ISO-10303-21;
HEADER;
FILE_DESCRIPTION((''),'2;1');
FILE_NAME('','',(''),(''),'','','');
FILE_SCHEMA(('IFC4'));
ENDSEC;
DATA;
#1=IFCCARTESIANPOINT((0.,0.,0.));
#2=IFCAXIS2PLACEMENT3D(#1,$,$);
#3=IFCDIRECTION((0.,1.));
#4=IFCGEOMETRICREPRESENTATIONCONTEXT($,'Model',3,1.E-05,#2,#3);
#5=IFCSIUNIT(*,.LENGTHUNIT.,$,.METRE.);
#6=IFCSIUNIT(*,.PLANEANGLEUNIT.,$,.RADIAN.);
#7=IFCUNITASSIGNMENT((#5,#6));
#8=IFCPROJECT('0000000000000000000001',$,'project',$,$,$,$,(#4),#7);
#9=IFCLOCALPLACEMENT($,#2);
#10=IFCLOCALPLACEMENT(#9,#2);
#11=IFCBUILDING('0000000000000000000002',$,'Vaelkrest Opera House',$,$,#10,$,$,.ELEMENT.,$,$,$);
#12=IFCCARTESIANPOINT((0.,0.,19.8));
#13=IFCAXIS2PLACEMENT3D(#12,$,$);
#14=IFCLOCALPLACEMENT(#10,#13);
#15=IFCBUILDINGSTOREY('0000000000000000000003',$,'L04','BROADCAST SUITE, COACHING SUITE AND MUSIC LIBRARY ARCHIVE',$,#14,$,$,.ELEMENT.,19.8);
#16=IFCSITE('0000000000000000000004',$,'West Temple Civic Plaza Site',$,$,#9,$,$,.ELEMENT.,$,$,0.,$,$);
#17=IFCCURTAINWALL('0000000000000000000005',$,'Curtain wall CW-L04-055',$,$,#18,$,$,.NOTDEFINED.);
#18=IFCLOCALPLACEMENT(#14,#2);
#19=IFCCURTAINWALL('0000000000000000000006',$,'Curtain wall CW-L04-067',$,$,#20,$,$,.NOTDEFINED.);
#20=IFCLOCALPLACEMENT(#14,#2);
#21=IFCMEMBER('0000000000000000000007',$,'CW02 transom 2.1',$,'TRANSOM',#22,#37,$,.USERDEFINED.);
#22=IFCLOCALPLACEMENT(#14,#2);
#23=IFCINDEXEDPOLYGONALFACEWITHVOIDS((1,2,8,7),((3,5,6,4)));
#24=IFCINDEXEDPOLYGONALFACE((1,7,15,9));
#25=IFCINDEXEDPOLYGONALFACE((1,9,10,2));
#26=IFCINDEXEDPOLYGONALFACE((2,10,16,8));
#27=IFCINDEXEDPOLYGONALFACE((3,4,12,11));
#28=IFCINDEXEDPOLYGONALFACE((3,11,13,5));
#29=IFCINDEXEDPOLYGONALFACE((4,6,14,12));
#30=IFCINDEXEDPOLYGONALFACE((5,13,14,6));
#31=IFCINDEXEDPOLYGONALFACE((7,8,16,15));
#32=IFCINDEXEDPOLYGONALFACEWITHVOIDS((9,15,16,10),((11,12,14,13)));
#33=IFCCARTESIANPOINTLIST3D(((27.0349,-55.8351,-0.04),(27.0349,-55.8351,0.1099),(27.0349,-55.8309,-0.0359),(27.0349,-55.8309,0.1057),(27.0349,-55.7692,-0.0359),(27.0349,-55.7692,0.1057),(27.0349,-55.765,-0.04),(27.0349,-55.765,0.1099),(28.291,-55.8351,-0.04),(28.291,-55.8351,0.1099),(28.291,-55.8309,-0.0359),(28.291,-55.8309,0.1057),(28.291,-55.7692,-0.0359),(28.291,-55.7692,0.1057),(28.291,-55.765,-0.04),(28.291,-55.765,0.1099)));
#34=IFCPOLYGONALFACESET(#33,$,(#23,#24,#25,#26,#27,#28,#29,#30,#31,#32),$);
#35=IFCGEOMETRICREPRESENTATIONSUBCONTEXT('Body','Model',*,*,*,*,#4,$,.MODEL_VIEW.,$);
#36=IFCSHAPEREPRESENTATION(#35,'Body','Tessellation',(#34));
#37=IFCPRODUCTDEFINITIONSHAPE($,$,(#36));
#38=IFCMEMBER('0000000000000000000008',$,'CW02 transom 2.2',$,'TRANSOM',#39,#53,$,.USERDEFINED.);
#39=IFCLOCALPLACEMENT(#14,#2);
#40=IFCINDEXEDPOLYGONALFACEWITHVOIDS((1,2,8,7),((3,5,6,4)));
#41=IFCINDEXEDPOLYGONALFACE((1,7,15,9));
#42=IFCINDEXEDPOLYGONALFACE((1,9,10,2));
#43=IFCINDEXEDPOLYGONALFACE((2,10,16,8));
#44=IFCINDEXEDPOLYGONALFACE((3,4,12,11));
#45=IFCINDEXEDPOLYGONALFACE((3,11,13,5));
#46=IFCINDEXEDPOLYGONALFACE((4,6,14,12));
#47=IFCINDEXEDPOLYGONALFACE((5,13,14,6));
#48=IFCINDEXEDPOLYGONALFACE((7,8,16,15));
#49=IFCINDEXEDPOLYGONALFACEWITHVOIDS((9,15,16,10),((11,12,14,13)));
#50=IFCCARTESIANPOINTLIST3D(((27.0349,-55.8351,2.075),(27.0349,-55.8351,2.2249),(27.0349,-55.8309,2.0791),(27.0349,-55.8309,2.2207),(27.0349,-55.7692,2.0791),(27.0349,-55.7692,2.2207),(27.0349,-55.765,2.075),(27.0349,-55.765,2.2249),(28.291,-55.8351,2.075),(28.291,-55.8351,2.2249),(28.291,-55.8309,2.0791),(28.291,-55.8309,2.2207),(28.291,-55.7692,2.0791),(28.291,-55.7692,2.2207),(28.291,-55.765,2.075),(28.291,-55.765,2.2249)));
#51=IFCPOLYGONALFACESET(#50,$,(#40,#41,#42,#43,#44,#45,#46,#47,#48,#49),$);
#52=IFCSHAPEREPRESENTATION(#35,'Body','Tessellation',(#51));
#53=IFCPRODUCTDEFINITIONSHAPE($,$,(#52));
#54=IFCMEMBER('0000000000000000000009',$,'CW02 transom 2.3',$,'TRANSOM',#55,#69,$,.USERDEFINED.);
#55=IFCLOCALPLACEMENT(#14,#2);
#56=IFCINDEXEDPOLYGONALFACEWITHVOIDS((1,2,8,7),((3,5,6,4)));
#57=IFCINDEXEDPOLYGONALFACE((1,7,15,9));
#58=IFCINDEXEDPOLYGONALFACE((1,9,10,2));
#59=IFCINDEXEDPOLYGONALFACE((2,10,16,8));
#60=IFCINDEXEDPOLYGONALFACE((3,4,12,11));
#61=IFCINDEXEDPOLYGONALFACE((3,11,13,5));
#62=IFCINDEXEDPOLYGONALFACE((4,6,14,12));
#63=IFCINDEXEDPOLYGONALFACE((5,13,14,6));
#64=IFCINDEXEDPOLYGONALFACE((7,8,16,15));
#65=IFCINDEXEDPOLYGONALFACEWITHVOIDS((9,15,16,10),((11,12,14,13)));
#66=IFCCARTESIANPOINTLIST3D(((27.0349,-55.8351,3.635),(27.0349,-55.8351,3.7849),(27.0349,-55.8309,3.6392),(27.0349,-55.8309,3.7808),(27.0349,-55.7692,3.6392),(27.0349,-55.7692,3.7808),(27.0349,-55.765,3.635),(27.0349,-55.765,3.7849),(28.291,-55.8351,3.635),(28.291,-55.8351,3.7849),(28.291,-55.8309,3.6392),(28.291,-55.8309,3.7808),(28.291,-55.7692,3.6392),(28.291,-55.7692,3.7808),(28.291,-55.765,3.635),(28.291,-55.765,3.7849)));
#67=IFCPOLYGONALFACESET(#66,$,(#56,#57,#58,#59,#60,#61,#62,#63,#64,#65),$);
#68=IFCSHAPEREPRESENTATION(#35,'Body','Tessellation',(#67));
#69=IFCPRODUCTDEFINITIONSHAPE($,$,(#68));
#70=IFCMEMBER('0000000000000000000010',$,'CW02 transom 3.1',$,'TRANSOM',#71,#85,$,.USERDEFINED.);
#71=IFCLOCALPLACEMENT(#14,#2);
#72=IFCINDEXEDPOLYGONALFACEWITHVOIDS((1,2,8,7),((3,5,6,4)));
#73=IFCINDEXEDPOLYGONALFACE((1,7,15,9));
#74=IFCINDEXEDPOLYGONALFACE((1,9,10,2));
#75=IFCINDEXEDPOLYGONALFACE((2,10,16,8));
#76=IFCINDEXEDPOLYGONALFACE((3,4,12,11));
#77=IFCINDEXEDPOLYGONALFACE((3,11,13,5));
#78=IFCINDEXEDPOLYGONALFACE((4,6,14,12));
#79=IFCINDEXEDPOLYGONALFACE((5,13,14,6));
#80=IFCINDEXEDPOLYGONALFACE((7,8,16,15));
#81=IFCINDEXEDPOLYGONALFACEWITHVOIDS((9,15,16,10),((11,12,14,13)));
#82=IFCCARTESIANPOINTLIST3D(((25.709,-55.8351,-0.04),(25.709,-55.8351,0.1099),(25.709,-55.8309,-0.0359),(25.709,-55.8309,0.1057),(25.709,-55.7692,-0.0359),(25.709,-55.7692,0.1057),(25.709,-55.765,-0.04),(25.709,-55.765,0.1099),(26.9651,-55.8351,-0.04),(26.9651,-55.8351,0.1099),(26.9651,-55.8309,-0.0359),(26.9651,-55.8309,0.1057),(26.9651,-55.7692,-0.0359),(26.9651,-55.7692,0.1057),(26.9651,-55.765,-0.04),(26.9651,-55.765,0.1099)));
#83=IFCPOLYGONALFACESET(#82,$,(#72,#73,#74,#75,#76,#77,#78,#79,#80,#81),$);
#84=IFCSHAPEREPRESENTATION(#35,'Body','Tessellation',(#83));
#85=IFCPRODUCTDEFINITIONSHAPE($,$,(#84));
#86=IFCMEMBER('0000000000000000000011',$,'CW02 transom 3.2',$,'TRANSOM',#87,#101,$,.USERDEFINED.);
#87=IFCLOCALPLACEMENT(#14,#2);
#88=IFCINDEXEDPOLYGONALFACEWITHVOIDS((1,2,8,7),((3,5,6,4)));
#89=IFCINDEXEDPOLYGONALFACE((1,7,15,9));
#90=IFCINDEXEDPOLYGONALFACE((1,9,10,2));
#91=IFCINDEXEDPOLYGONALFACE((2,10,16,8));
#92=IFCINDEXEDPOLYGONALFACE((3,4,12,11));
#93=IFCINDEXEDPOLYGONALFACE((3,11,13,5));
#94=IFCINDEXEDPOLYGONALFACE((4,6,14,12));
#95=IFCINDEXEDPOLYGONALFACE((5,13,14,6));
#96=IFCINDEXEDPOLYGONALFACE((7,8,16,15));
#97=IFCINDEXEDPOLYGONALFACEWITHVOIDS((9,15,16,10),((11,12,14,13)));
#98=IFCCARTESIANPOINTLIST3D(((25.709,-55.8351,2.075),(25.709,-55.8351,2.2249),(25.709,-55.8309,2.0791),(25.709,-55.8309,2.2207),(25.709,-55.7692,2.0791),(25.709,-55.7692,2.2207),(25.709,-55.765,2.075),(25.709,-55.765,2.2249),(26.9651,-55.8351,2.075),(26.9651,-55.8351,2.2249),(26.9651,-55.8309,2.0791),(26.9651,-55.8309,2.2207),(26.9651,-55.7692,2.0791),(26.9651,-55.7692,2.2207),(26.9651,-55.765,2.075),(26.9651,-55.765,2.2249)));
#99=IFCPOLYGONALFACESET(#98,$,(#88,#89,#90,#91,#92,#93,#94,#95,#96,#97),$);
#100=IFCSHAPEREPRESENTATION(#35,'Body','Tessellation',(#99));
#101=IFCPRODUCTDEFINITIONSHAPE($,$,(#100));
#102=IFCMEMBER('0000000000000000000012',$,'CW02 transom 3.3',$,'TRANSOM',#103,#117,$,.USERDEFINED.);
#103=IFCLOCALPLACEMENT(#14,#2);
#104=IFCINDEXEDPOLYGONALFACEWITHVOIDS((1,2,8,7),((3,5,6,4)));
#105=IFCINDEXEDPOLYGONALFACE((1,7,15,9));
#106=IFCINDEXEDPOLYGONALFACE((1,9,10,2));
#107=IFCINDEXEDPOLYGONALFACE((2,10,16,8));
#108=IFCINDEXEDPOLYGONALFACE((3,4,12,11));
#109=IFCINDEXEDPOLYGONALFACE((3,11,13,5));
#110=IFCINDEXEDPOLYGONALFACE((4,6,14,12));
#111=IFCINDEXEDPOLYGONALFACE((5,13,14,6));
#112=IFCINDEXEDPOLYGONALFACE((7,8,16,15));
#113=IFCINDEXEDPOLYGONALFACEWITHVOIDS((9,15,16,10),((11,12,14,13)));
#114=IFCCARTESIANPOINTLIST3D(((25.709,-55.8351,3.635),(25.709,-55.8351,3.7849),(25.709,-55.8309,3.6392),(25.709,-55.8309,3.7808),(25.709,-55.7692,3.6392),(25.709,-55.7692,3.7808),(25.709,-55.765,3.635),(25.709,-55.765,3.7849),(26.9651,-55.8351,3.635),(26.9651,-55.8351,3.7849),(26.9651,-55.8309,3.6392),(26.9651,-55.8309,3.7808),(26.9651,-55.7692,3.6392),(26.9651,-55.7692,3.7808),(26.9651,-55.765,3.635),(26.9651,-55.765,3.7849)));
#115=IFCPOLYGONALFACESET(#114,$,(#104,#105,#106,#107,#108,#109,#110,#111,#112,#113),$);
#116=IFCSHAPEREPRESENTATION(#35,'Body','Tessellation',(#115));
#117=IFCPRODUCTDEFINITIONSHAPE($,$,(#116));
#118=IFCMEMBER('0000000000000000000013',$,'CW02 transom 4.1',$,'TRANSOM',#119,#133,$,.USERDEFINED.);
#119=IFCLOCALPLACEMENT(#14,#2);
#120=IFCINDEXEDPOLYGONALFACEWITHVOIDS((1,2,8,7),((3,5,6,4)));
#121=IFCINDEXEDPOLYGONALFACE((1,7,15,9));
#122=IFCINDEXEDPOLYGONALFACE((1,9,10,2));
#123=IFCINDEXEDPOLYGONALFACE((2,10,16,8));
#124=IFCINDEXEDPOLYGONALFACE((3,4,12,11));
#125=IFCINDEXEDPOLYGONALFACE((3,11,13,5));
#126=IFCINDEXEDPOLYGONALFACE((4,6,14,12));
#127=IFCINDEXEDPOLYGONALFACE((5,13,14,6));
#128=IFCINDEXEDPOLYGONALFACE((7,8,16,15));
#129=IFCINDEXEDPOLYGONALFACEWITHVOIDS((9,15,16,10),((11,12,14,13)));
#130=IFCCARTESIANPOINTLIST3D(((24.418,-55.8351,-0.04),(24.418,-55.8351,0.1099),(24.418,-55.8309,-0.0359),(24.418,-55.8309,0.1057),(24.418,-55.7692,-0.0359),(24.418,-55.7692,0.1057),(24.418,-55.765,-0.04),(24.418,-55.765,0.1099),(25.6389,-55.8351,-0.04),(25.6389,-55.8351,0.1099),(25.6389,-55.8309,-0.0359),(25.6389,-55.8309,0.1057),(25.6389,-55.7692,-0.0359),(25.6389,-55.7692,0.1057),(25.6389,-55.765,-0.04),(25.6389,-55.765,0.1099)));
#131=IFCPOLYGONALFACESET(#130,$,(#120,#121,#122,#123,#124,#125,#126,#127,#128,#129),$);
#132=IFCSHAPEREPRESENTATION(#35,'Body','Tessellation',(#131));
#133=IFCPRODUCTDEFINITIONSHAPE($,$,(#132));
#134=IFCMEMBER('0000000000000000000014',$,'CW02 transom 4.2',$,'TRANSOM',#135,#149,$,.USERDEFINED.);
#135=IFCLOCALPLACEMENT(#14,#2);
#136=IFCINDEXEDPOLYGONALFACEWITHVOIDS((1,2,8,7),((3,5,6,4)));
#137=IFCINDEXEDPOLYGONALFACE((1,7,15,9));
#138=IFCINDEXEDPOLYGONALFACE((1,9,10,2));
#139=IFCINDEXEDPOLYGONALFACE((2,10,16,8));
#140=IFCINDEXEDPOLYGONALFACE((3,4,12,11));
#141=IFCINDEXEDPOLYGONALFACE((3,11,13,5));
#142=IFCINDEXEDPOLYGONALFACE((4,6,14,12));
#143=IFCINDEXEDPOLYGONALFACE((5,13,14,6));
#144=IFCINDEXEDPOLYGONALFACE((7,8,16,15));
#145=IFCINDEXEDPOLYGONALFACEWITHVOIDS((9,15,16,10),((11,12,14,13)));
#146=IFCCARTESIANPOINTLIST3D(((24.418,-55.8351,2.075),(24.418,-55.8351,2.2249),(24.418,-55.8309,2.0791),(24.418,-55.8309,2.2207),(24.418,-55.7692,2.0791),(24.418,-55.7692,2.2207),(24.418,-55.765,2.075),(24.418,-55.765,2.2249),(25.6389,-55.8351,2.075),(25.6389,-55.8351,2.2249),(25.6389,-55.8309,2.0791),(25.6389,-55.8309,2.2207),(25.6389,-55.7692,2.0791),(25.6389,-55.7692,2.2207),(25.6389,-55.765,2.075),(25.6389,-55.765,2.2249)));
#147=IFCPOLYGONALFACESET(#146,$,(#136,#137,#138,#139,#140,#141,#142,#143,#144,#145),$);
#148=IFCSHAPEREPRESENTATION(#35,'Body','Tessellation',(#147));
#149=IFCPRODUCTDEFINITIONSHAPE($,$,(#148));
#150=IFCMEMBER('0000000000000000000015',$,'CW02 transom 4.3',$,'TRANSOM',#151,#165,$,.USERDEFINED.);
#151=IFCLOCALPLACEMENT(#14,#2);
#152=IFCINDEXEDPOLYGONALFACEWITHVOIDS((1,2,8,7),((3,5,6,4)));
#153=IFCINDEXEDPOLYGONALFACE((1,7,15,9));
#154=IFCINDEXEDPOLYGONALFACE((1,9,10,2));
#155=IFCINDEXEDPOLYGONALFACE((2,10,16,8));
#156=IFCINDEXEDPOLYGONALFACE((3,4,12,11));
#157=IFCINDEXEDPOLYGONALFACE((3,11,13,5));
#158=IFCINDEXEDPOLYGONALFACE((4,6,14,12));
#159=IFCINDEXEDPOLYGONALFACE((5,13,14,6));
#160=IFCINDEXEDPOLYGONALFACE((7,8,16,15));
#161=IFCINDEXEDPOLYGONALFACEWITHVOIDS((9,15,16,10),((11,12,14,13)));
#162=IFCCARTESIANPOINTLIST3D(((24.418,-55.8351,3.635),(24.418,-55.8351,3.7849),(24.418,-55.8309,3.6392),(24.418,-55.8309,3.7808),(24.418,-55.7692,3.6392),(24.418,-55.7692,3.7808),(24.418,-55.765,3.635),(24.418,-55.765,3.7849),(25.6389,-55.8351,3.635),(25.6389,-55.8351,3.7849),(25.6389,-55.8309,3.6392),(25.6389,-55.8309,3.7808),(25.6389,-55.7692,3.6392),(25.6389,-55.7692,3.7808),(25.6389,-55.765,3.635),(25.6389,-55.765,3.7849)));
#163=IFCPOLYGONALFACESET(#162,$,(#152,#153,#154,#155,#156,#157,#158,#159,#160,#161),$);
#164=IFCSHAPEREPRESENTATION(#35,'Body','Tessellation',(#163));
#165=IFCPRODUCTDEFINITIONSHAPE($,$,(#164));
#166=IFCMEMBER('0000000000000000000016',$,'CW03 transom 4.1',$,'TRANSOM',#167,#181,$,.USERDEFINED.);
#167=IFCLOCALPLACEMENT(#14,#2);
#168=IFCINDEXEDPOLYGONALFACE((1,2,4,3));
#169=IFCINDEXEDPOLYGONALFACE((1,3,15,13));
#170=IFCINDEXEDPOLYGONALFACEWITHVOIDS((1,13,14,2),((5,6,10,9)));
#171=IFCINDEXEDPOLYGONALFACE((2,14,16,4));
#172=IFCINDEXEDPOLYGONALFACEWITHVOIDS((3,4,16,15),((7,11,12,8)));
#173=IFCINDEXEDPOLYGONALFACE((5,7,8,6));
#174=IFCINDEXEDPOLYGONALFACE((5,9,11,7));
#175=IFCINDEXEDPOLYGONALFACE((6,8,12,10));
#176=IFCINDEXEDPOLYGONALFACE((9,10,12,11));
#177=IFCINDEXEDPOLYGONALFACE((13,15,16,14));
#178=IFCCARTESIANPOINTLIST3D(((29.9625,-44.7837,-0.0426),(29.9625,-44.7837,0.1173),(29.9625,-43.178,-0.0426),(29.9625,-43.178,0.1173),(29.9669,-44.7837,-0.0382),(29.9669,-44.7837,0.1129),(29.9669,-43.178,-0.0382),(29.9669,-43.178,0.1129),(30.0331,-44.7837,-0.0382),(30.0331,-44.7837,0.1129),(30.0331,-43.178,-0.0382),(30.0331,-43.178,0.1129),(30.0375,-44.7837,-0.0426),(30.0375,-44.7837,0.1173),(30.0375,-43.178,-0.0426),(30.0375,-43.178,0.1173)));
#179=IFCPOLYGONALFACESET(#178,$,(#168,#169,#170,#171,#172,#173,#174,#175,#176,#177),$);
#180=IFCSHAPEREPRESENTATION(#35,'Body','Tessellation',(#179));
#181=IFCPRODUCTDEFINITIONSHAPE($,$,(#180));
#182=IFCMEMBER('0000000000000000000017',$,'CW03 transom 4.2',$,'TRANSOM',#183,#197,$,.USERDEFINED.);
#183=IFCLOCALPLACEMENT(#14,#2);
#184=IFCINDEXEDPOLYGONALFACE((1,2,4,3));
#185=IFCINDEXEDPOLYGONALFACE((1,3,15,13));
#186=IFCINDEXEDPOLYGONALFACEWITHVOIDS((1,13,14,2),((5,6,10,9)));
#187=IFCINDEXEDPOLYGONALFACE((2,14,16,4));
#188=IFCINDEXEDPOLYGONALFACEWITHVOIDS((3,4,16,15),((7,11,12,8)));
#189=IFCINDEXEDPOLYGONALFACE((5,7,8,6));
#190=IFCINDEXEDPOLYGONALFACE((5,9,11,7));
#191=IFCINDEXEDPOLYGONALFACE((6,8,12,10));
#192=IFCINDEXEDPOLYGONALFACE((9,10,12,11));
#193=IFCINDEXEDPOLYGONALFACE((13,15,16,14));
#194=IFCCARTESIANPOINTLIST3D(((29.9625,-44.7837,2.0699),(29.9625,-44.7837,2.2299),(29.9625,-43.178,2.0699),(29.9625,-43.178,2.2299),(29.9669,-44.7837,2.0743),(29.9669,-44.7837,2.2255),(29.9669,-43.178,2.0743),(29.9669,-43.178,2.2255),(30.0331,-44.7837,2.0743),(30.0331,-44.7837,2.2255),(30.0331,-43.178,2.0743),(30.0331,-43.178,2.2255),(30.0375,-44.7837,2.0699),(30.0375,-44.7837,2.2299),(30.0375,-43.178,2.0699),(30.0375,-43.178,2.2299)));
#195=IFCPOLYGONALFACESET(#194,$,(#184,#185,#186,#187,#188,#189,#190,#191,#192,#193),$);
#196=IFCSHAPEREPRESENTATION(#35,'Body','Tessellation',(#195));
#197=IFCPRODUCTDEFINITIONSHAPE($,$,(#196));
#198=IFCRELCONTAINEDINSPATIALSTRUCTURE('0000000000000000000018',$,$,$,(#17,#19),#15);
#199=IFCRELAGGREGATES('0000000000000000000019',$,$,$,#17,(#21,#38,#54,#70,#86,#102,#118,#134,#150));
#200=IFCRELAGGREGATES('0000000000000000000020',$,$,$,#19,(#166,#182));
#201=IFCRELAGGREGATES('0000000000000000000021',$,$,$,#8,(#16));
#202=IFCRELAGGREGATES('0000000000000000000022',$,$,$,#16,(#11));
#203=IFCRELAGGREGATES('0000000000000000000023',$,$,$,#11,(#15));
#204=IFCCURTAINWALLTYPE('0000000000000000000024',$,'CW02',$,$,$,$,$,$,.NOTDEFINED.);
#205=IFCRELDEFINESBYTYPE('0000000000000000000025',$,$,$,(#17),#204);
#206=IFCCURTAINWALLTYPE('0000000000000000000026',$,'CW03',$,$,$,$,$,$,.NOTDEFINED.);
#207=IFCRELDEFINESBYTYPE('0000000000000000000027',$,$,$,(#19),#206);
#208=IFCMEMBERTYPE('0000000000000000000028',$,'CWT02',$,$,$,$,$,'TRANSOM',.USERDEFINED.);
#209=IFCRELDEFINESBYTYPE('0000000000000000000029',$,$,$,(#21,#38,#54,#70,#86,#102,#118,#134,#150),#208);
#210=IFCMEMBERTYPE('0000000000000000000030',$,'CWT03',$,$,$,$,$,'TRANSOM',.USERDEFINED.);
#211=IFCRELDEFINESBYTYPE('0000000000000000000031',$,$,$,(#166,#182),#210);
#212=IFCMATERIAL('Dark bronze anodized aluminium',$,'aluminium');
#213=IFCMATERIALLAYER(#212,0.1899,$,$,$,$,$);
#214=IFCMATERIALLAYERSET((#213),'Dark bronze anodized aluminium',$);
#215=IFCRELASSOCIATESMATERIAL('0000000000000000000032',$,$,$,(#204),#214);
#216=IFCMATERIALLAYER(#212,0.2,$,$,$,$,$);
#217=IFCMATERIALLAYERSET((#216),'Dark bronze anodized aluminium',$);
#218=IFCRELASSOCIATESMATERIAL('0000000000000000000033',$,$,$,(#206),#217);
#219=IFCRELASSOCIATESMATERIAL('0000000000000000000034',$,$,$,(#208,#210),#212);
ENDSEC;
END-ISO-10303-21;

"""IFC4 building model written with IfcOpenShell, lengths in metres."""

from ifc_helpers import new_model, si_unit, direction, frame, origin, origin_2d, place, context, subcontext, project, spatial, hollow_rectangle, extrude, material, layer, layer_set, material_profile, profile_set, type_object, element, aggregate, save


model = new_model("IFC4")

# Units and contexts
model_context = context("Model", 3, precision=1e-05, world=origin(), true_north=direction((0.0, 1.0)))
body_context = subcontext(model_context, "Body", "Model", "MODEL_VIEW")
ifc_project = project(units=[si_unit("LENGTHUNIT", "METRE"), si_unit("PLANEANGLEUNIT", "RADIAN")], contexts=[model_context])

# Site, building, storey
site_placement = place(None, origin())
site = spatial("IfcSite", under=ifc_project, at=site_placement, Name="West Temple Civic Plaza Site", CompositionType="ELEMENT", RefElevation=0.0)
building_placement = place(site_placement, origin())
building = spatial("IfcBuilding", under=site, at=building_placement, Name="Vaelkrest Opera House", CompositionType="ELEMENT")
storey_placement = place(building_placement, frame((0.0, 0.0, 19.8)))
storey = spatial("IfcBuildingStorey", under=building, at=storey_placement, Name="L04", Description="BROADCAST SUITE, COACHING SUITE AND MUSIC LIBRARY ARCHIVE", CompositionType="ELEMENT", Elevation=19.8)

# Curtain walls
ifc_material_1 = material(Name="Dark bronze anodized aluminium", Category="aluminium")
ifc_layer_1 = layer(ifc_material_1, 0.1899)
ifc_layer_set_1 = layer_set([ifc_layer_1], Name="Dark bronze anodized aluminium")
curtain_wall_type_1 = type_object("IfcCurtainWallType", Name="CW02", PredefinedType="NOTDEFINED", material=ifc_layer_set_1)
curtain_wall_1_placement = place(storey_placement, origin())
curtain_wall_1 = element("IfcCurtainWall", 1, at=curtain_wall_1_placement, inside=storey, type_object=curtain_wall_type_1, Name="Curtain wall CW-L04-055", PredefinedType="NOTDEFINED")
ifc_layer_2 = layer(ifc_material_1, 0.2)
ifc_layer_set_2 = layer_set([ifc_layer_2], Name="Dark bronze anodized aluminium")
curtain_wall_type_2 = type_object("IfcCurtainWallType", Name="CW03", PredefinedType="NOTDEFINED", material=ifc_layer_set_2)
curtain_wall_2_placement = place(storey_placement, origin())
curtain_wall_2 = element("IfcCurtainWall", 2, at=curtain_wall_2_placement, inside=storey, type_object=curtain_wall_type_2, Name="Curtain wall CW-L04-067", PredefinedType="NOTDEFINED")

# Members
ifc_material_profile_1 = material_profile(ifc_material_1, hollow_rectangle(XDim=0.0701, YDim=0.1499, WallThickness=0.0042, at=origin_2d()), Name="CWT70X150")
ifc_profile_set_1 = profile_set([ifc_material_profile_1], Name="Dark bronze anodized aluminium")
member_type_1 = type_object("IfcMemberType", Name="CWT02", ElementType="TRANSOM", PredefinedType="USERDEFINED", material=ifc_profile_set_1)
member_1_placement = place(storey_placement, frame((28.291, -55.8, 0.0349), z_axis=(-1.0, 0.0, 0.0), x_axis=(0.0, -1.0, 0.0)))
member_1 = element("IfcMember", 3, at=member_1_placement, type_object=member_type_1, Name="CW02 transom 2.1", ObjectType="TRANSOM", PredefinedType="USERDEFINED", context=body_context, shape_type="SweptSolid", body=[
    extrude(hollow_rectangle(XDim=0.0701, YDim=0.1499, WallThickness=0.0042, at=origin_2d()), origin(), (0.0, 0.0, 1.0), 1.2561),
])
member_2_placement = place(storey_placement, frame((28.291, -55.8, 2.1499), z_axis=(-1.0, 0.0, 0.0), x_axis=(0.0, -1.0, 0.0)))
member_2 = element("IfcMember", 4, at=member_2_placement, type_object=member_type_1, Name="CW02 transom 2.2", ObjectType="TRANSOM", PredefinedType="USERDEFINED", context=body_context, shape_type="SweptSolid", body=[
    extrude(hollow_rectangle(XDim=0.0701, YDim=0.1499, WallThickness=0.0042, at=origin_2d()), origin(), (0.0, 0.0, 1.0), 1.2561),
])
member_3_placement = place(storey_placement, frame((28.291, -55.8, 3.71), z_axis=(-1.0, 0.0, 0.0), x_axis=(0.0, -1.0, 0.0)))
member_3 = element("IfcMember", 5, at=member_3_placement, type_object=member_type_1, Name="CW02 transom 2.3", ObjectType="TRANSOM", PredefinedType="USERDEFINED", context=body_context, shape_type="SweptSolid", body=[
    extrude(hollow_rectangle(XDim=0.0701, YDim=0.1499, WallThickness=0.0042, at=origin_2d()), origin(), (0.0, 0.0, 1.0), 1.2561),
])
member_4_placement = place(storey_placement, frame((26.9651, -55.8, 0.0349), z_axis=(-1.0, 0.0, 0.0), x_axis=(0.0, -1.0, 0.0)))
member_4 = element("IfcMember", 6, at=member_4_placement, type_object=member_type_1, Name="CW02 transom 3.1", ObjectType="TRANSOM", PredefinedType="USERDEFINED", context=body_context, shape_type="SweptSolid", body=[
    extrude(hollow_rectangle(XDim=0.0701, YDim=0.1499, WallThickness=0.0042, at=origin_2d()), origin(), (0.0, 0.0, 1.0), 1.2561),
])
member_5_placement = place(storey_placement, frame((26.9651, -55.8, 2.1499), z_axis=(-1.0, 0.0, 0.0), x_axis=(0.0, -1.0, 0.0)))
member_5 = element("IfcMember", 7, at=member_5_placement, type_object=member_type_1, Name="CW02 transom 3.2", ObjectType="TRANSOM", PredefinedType="USERDEFINED", context=body_context, shape_type="SweptSolid", body=[
    extrude(hollow_rectangle(XDim=0.0701, YDim=0.1499, WallThickness=0.0042, at=origin_2d()), origin(), (0.0, 0.0, 1.0), 1.2561),
])
member_6_placement = place(storey_placement, frame((26.9651, -55.8, 3.71), z_axis=(-1.0, 0.0, 0.0), x_axis=(0.0, -1.0, 0.0)))
member_6 = element("IfcMember", 8, at=member_6_placement, type_object=member_type_1, Name="CW02 transom 3.3", ObjectType="TRANSOM", PredefinedType="USERDEFINED", context=body_context, shape_type="SweptSolid", body=[
    extrude(hollow_rectangle(XDim=0.0701, YDim=0.1499, WallThickness=0.0042, at=origin_2d()), origin(), (0.0, 0.0, 1.0), 1.2561),
])
member_7_placement = place(storey_placement, frame((25.6389, -55.8, 0.0349), z_axis=(-1.0, 0.0, 0.0), x_axis=(0.0, -1.0, 0.0)))
member_7 = element("IfcMember", 9, at=member_7_placement, type_object=member_type_1, Name="CW02 transom 4.1", ObjectType="TRANSOM", PredefinedType="USERDEFINED", context=body_context, shape_type="SweptSolid", body=[
    extrude(hollow_rectangle(XDim=0.0701, YDim=0.1499, WallThickness=0.0042, at=origin_2d()), origin(), (0.0, 0.0, 1.0), 1.2209),
])
member_8_placement = place(storey_placement, frame((25.6389, -55.8, 2.1499), z_axis=(-1.0, 0.0, 0.0), x_axis=(0.0, -1.0, 0.0)))
member_8 = element("IfcMember", 10, at=member_8_placement, type_object=member_type_1, Name="CW02 transom 4.2", ObjectType="TRANSOM", PredefinedType="USERDEFINED", context=body_context, shape_type="SweptSolid", body=[
    extrude(hollow_rectangle(XDim=0.0701, YDim=0.1499, WallThickness=0.0042, at=origin_2d()), origin(), (0.0, 0.0, 1.0), 1.2209),
])
member_9_placement = place(storey_placement, frame((25.6389, -55.8, 3.71), z_axis=(-1.0, 0.0, 0.0), x_axis=(0.0, -1.0, 0.0)))
member_9 = element("IfcMember", 11, at=member_9_placement, type_object=member_type_1, Name="CW02 transom 4.3", ObjectType="TRANSOM", PredefinedType="USERDEFINED", context=body_context, shape_type="SweptSolid", body=[
    extrude(hollow_rectangle(XDim=0.0701, YDim=0.1499, WallThickness=0.0042, at=origin_2d()), origin(), (0.0, 0.0, 1.0), 1.2209),
])
ifc_material_profile_2 = material_profile(ifc_material_1, hollow_rectangle(XDim=0.075, YDim=0.1599, WallThickness=0.0044, at=origin_2d()), Name="CWT75X160")
ifc_profile_set_2 = profile_set([ifc_material_profile_2], Name="Dark bronze anodized aluminium")
member_type_2 = type_object("IfcMemberType", Name="CWT03", ElementType="TRANSOM", PredefinedType="USERDEFINED", material=ifc_profile_set_2)
member_10_placement = place(storey_placement, frame((30.0, -43.178, 0.0374), z_axis=(0.0, -1.0, 0.0), x_axis=(1.0, 0.0, 0.0)))
member_10 = element("IfcMember", 12, at=member_10_placement, type_object=member_type_2, Name="CW03 transom 4.1", ObjectType="TRANSOM", PredefinedType="USERDEFINED", context=body_context, shape_type="SweptSolid", body=[
    extrude(hollow_rectangle(XDim=0.075, YDim=0.1599, WallThickness=0.0044, at=origin_2d()), origin(), (0.0, 0.0, 1.0), 1.6057),
])
member_11_placement = place(storey_placement, frame((30.0, -43.178, 2.1499), z_axis=(0.0, -1.0, 0.0), x_axis=(1.0, 0.0, 0.0)))
member_11 = element("IfcMember", 13, at=member_11_placement, type_object=member_type_2, Name="CW03 transom 4.2", ObjectType="TRANSOM", PredefinedType="USERDEFINED", context=body_context, shape_type="SweptSolid", body=[
    extrude(hollow_rectangle(XDim=0.075, YDim=0.1599, WallThickness=0.0044, at=origin_2d()), origin(), (0.0, 0.0, 1.0), 1.6057),
])

aggregate(curtain_wall_1, [member_1, member_2, member_3, member_4, member_5, member_6, member_7, member_8, member_9])
aggregate(curtain_wall_2, [member_10, member_11])

save(model, "model.ifc")
